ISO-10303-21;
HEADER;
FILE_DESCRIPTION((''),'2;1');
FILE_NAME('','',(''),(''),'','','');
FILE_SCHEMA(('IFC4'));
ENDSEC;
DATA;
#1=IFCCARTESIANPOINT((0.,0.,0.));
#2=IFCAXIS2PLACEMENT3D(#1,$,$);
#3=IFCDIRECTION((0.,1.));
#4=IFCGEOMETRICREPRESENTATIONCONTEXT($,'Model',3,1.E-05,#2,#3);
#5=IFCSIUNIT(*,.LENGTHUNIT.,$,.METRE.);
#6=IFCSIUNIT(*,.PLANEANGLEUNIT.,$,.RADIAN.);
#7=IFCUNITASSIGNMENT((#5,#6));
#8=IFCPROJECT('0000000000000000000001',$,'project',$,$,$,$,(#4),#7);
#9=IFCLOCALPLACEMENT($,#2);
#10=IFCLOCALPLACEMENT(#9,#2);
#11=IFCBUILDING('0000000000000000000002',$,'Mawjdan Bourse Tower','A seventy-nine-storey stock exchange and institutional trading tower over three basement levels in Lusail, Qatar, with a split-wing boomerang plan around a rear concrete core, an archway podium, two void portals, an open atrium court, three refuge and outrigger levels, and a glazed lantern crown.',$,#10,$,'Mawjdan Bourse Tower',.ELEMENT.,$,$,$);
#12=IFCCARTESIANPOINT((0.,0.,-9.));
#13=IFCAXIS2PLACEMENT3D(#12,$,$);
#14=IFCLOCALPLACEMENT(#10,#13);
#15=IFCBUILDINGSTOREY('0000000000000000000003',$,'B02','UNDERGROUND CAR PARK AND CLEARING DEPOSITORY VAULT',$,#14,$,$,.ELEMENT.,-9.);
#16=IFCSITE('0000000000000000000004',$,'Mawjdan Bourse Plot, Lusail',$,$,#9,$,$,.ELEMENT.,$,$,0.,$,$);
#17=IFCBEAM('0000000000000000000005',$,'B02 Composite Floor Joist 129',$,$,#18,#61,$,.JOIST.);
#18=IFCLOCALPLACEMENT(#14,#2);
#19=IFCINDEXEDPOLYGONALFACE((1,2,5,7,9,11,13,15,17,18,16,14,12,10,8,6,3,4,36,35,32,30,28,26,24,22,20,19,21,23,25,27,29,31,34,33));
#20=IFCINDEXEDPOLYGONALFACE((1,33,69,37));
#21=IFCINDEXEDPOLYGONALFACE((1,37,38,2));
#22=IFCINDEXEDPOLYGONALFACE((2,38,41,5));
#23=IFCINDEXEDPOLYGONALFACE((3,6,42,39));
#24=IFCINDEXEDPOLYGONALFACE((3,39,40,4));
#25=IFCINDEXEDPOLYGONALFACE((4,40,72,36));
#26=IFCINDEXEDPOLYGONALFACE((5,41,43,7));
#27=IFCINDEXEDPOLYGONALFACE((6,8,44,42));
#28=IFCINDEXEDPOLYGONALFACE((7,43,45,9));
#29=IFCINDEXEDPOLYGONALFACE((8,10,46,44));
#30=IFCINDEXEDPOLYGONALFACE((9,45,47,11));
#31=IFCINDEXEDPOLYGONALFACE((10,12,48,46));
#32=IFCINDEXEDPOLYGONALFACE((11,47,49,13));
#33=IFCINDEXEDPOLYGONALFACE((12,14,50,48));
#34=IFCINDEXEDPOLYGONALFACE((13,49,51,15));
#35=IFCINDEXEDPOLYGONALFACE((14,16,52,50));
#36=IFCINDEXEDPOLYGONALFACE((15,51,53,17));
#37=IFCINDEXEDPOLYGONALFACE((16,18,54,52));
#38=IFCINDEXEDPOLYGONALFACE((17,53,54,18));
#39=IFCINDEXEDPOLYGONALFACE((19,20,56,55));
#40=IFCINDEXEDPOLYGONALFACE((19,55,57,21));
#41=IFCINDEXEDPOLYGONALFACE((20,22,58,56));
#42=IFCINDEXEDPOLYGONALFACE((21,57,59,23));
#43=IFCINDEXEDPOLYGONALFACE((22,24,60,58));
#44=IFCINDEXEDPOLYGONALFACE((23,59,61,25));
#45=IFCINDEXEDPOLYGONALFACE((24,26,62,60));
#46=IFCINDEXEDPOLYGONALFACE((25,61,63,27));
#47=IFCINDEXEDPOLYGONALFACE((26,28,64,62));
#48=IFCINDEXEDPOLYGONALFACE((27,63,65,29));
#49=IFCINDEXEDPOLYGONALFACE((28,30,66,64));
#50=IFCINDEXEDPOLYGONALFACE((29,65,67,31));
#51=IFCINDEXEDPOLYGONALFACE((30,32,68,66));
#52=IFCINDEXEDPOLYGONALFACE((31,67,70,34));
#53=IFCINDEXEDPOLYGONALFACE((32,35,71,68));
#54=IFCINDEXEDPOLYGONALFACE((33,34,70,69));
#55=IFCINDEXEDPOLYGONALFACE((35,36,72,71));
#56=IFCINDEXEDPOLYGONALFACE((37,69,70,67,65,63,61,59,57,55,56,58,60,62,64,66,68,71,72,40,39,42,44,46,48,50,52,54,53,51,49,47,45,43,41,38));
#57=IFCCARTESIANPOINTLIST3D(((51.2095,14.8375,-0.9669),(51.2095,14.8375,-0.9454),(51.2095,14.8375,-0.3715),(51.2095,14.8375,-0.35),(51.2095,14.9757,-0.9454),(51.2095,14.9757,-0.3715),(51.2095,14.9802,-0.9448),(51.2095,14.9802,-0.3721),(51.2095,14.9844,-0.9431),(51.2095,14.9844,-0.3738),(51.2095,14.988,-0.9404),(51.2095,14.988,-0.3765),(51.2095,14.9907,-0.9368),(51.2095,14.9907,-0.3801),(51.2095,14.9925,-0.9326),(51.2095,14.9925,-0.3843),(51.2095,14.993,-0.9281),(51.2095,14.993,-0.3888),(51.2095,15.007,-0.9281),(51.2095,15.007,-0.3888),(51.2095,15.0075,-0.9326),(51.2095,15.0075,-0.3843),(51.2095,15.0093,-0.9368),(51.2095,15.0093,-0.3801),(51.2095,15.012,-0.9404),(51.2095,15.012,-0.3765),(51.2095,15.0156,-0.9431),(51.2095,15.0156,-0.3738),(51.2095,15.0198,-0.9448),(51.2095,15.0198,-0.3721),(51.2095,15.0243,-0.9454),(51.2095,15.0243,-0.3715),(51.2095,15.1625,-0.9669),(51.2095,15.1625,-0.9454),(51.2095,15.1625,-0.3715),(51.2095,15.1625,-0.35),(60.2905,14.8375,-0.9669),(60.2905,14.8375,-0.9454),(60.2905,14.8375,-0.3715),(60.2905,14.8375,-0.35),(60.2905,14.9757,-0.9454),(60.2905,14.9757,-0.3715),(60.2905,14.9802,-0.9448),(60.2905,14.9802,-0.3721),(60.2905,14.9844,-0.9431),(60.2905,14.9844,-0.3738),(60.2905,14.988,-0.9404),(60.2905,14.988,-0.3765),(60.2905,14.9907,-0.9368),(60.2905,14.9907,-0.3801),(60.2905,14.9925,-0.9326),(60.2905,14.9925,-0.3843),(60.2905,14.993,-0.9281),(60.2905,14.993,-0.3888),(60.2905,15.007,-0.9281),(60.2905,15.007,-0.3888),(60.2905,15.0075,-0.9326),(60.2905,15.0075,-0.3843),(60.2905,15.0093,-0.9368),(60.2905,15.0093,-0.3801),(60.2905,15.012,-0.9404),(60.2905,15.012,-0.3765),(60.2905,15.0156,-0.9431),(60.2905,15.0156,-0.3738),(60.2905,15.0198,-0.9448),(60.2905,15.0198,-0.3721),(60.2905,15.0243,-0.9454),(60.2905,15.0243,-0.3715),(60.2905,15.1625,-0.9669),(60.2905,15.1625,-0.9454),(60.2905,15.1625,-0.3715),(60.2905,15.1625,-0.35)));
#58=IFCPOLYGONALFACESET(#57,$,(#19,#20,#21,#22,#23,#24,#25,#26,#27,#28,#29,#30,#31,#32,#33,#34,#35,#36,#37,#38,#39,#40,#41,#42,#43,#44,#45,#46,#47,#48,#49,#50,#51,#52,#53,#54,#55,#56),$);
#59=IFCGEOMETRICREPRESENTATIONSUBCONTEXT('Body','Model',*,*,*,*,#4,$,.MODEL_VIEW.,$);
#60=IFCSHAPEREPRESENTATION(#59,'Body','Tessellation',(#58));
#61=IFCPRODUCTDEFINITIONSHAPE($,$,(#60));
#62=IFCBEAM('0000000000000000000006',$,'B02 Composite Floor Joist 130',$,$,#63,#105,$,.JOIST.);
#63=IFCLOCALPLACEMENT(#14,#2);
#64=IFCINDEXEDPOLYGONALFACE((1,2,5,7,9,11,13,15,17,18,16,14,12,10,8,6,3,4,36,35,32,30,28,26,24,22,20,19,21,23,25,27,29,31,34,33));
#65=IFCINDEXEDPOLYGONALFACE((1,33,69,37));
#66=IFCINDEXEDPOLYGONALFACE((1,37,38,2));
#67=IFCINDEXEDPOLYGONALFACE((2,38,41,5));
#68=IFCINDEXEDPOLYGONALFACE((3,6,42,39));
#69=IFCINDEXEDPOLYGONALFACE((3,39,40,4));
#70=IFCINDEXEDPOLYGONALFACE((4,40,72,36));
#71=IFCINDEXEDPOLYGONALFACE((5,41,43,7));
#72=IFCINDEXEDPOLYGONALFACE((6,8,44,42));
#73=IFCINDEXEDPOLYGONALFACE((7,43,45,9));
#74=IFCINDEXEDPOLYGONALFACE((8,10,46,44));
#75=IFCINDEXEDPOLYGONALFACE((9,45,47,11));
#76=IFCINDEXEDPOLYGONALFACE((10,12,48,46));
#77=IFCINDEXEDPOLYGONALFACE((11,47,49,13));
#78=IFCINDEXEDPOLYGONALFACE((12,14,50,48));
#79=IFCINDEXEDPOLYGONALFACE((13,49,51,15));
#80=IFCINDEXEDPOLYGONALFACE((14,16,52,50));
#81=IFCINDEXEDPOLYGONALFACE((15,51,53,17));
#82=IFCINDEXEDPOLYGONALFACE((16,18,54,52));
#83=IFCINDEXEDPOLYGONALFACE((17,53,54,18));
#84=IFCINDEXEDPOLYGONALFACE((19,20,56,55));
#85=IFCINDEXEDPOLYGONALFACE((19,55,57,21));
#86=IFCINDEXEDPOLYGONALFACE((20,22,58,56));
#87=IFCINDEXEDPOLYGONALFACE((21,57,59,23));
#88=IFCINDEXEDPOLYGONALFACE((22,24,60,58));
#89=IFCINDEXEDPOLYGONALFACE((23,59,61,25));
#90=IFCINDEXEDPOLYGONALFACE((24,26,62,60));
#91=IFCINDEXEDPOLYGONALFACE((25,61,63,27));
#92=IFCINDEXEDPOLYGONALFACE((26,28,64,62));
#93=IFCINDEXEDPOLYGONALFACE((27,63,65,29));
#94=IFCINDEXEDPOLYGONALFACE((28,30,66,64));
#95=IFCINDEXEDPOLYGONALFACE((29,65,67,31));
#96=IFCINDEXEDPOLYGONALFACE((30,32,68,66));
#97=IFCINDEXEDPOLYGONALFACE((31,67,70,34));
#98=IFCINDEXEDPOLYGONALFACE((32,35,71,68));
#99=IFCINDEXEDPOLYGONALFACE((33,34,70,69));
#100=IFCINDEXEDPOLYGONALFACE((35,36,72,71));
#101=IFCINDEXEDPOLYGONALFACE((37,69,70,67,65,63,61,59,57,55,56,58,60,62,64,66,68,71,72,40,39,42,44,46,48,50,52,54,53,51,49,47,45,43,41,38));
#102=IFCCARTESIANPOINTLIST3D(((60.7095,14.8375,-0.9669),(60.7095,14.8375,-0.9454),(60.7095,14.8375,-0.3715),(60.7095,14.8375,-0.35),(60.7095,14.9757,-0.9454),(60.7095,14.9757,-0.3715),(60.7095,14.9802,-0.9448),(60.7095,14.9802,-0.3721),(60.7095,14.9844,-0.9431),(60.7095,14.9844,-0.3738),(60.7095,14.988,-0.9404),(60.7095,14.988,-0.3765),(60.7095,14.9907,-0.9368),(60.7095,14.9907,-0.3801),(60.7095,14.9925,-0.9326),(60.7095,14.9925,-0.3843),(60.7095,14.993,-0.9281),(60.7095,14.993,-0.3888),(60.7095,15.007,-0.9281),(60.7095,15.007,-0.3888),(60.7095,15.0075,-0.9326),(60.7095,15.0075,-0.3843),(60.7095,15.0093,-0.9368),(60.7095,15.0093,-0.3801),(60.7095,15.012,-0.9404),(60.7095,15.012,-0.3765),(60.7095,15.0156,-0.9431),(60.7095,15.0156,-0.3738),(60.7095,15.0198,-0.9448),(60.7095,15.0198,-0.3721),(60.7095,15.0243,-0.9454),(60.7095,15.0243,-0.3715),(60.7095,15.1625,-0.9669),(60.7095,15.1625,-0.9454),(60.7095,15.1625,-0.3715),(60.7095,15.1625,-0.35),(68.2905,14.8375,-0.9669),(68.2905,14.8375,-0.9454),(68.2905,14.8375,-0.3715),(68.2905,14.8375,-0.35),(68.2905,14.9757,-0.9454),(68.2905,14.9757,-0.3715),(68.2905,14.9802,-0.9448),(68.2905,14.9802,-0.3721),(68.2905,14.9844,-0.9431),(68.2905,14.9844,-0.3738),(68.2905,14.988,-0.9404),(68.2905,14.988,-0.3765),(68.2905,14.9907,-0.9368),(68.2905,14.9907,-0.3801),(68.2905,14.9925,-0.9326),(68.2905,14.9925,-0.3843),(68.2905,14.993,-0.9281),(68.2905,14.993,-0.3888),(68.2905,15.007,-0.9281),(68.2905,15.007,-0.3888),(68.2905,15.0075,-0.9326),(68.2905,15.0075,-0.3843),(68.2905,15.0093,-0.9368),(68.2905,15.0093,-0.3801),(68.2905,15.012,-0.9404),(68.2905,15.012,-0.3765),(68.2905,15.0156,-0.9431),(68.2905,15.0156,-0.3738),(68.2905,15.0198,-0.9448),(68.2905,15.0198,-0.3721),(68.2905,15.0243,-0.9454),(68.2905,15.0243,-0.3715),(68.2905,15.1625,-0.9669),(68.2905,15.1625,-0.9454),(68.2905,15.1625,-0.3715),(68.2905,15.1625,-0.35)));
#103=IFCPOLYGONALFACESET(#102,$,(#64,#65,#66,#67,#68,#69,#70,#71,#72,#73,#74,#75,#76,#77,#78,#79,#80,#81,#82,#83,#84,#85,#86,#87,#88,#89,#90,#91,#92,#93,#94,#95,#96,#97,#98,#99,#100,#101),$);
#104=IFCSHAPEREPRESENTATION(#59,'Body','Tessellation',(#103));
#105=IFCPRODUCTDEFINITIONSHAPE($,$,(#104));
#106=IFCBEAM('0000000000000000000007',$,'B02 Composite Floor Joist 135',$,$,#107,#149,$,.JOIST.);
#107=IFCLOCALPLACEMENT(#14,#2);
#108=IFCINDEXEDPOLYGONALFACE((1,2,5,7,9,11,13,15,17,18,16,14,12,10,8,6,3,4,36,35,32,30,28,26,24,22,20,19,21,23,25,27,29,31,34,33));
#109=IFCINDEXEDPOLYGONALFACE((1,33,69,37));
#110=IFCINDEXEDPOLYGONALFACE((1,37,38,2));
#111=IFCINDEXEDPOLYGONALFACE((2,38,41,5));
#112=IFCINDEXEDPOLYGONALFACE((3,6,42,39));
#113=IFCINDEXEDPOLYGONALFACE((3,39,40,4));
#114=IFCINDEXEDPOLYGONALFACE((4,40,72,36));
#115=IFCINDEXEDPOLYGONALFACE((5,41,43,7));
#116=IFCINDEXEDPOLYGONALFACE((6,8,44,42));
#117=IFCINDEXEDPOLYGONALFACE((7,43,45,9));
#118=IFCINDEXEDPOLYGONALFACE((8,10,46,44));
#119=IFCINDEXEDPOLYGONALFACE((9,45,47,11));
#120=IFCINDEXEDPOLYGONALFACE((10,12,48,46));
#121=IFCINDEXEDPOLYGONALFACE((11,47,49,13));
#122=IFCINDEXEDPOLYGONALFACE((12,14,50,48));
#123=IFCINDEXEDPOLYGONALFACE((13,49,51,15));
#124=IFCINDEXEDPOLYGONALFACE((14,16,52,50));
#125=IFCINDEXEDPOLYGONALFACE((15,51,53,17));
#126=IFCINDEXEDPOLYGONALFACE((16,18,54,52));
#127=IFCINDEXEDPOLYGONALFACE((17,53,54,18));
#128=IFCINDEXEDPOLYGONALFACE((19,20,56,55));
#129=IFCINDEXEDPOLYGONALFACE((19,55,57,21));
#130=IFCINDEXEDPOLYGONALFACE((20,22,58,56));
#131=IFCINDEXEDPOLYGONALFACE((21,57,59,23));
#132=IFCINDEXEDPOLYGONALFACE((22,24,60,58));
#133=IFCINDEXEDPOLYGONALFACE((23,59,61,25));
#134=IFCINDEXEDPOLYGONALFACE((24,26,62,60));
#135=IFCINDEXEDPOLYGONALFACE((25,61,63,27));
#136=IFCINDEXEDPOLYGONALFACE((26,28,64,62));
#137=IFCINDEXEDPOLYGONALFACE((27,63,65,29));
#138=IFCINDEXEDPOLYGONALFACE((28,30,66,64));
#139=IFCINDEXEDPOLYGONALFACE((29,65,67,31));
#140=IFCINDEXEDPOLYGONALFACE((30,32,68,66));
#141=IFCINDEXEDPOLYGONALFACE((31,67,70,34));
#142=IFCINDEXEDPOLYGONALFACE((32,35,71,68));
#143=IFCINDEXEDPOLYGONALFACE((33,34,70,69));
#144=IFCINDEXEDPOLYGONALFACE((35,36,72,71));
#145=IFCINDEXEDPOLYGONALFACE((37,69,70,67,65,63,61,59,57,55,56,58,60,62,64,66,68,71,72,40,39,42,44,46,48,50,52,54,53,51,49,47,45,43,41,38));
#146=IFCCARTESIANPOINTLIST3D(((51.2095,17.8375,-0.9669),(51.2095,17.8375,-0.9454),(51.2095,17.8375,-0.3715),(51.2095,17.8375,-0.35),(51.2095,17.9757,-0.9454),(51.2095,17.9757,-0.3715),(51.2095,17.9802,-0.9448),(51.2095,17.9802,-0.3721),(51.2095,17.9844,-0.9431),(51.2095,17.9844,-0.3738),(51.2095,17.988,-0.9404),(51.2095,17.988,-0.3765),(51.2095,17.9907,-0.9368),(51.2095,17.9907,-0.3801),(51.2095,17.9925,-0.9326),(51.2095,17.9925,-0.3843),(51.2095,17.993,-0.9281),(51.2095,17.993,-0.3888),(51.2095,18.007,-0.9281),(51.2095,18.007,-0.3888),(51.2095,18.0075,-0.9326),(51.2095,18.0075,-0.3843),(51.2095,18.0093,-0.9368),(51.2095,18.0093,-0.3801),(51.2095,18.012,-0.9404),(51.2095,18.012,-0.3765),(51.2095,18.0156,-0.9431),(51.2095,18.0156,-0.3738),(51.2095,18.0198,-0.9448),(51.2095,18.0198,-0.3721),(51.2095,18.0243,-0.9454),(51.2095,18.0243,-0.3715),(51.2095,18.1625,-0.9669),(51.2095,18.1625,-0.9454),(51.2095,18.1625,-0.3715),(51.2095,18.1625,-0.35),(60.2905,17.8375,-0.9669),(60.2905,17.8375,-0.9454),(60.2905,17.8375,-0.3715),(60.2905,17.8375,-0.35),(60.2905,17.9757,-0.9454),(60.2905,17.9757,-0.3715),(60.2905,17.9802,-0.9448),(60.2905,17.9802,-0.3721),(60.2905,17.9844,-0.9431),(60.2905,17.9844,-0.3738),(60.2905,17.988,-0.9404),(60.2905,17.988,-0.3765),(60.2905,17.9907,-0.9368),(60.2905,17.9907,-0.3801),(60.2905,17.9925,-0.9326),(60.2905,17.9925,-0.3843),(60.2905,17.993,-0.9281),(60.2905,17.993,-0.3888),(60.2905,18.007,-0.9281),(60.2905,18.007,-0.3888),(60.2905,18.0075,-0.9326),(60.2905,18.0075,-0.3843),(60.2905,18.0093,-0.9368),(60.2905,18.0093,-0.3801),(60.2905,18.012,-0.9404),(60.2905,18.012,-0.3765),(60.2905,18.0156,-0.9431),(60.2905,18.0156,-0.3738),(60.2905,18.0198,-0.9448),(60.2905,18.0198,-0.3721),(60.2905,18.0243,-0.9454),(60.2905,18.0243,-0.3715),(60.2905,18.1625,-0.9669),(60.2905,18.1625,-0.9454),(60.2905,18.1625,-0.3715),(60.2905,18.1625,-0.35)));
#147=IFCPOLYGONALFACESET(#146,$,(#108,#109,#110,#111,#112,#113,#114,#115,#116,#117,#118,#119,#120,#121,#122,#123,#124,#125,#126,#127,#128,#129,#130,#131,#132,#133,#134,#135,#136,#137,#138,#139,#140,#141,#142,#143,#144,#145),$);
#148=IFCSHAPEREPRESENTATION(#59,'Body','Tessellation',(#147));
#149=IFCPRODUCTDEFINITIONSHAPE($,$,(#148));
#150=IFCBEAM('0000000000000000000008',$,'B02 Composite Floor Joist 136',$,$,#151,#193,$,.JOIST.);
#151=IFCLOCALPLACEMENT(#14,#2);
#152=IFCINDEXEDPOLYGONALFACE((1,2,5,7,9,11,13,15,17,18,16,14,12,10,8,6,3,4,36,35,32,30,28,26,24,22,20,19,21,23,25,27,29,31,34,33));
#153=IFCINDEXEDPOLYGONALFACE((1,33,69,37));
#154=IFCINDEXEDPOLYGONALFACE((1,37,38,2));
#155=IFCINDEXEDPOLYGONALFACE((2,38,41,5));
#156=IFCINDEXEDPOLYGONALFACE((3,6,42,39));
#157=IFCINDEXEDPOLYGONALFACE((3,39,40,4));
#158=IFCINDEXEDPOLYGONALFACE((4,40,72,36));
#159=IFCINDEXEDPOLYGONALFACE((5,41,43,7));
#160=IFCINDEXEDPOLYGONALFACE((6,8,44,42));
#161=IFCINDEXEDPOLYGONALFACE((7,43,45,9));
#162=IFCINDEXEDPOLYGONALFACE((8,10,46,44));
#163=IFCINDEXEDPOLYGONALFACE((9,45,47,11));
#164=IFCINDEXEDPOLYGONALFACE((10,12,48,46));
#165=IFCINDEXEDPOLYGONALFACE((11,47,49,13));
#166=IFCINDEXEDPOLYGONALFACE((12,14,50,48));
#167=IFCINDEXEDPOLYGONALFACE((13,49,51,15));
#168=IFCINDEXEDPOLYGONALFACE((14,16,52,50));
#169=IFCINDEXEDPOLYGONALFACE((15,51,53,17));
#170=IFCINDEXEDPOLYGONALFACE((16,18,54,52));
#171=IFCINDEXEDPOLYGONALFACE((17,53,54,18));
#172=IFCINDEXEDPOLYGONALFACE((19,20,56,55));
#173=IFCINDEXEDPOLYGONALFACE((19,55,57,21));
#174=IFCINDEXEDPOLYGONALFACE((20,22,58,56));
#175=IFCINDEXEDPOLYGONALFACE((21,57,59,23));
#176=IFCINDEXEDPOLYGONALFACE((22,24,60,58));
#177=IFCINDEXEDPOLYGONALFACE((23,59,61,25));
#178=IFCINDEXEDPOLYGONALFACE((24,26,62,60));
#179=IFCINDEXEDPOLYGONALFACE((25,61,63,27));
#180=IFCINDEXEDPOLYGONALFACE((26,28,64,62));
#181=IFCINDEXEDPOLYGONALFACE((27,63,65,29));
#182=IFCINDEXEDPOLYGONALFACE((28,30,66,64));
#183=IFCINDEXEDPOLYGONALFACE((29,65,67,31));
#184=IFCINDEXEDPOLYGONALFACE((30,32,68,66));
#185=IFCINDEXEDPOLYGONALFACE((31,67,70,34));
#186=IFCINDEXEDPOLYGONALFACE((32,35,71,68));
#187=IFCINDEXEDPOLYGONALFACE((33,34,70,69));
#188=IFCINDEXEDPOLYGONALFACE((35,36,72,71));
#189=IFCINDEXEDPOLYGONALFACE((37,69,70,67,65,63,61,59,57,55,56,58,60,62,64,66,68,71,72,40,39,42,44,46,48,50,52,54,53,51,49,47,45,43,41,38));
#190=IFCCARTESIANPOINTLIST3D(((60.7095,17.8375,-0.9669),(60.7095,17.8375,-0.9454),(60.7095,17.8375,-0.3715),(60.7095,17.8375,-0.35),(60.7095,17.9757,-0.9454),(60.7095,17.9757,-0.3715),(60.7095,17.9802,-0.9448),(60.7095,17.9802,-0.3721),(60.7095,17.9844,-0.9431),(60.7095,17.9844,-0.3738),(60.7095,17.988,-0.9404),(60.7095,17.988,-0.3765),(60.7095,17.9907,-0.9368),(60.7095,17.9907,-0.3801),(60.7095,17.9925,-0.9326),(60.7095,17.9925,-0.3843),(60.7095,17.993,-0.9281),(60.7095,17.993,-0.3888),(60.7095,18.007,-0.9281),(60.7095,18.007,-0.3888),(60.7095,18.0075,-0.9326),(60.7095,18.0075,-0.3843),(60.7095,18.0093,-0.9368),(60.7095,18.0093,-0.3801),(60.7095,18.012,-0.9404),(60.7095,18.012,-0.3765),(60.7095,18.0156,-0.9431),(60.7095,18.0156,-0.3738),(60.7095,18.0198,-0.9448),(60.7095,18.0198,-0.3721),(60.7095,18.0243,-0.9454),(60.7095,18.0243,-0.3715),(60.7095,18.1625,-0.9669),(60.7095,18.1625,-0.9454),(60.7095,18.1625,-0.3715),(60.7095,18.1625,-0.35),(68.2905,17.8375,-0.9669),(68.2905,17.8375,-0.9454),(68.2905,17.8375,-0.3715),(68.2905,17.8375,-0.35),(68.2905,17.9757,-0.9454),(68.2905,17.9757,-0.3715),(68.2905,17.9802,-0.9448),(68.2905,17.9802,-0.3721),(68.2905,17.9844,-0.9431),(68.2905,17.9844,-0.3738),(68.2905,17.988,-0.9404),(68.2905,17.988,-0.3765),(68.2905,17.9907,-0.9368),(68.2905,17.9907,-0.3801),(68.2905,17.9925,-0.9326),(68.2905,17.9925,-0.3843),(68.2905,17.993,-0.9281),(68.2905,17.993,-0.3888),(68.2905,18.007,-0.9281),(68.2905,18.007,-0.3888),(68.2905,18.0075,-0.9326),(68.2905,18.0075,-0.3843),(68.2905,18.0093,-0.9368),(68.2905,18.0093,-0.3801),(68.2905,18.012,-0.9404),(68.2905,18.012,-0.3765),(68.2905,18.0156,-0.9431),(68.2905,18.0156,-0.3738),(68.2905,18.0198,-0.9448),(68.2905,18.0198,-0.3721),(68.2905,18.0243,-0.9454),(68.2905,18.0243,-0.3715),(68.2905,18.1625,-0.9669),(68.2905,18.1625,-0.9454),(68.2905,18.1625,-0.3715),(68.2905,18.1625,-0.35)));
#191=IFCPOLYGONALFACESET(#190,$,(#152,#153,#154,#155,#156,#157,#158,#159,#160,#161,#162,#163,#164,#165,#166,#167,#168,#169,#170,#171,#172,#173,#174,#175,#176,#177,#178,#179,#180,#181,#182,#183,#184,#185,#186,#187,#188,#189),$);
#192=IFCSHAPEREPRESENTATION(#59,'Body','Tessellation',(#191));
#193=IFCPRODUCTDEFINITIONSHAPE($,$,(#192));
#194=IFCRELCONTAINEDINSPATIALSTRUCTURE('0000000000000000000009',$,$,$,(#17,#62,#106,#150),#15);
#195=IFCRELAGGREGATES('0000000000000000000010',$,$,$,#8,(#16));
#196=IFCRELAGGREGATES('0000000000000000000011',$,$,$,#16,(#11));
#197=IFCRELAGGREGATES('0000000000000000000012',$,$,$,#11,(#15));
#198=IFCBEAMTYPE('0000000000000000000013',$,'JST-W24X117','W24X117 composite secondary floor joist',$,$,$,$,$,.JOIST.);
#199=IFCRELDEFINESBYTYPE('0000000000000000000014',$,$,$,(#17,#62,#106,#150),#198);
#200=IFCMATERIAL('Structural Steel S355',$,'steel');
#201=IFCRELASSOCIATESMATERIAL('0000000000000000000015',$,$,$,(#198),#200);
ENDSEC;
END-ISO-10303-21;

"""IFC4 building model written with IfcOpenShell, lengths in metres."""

from ifc_helpers import new_model, si_unit, direction, frame, origin, origin_2d, place, context, subcontext, project, spatial, i_section, extrude, material, material_profile, profile_set, type_object, element, save


model = new_model("IFC4")

# Units and contexts
model_context = context("Model", 3, precision=1e-05, world=origin(), true_north=direction((0.0, 1.0)))
body_context = subcontext(model_context, "Body", "Model", "MODEL_VIEW")
ifc_project = project(units=[si_unit("LENGTHUNIT", "METRE"), si_unit("PLANEANGLEUNIT", "RADIAN")], contexts=[model_context])

# Site, building, storey
site_placement = place(None, origin())
site = spatial("IfcSite", under=ifc_project, at=site_placement, Name="Mawjdan Bourse Plot, Lusail", CompositionType="ELEMENT", RefElevation=0.0)
building_placement = place(site_placement, origin())
building = spatial("IfcBuilding", under=site, at=building_placement, Name="Mawjdan Bourse Tower", Description="A seventy-nine-storey stock exchange and institutional trading tower over three basement levels in Lusail, Qatar, with a split-wing boomerang plan around a rear concrete core, an archway podium, two void portals, an open atrium court, three refuge and outrigger levels, and a glazed lantern crown.", LongName="Mawjdan Bourse Tower", CompositionType="ELEMENT")
storey_placement = place(building_placement, frame((0.0, 0.0, -9.0)))
storey = spatial("IfcBuildingStorey", under=building, at=storey_placement, Name="B02", Description="UNDERGROUND CAR PARK AND CLEARING DEPOSITORY VAULT", CompositionType="ELEMENT", Elevation=-9.0)

# Beams
ifc_material_1 = material(Name="Structural Steel S355", Category="steel")
ifc_material_profile_1 = material_profile(ifc_material_1, i_section(OverallWidth=0.325, OverallDepth=0.6169, WebThickness=0.0139, FlangeThickness=0.0215, FilletRadius=0.0173, at=origin_2d()), Name="W24X117")
ifc_profile_set_1 = profile_set([ifc_material_profile_1], Name="Structural Steel S355")
beam_type_1 = type_object("IfcBeamType", Name="JST-W24X117", Description="W24X117 composite secondary floor joist", PredefinedType="JOIST", material=ifc_profile_set_1)
beam_1_placement = place(storey_placement, frame((51.2095, 15.0, -0.6584), z_axis=(1.0, 0.0, 0.0), x_axis=(0.0, 1.0, 0.0)))
element("IfcBeam", 1, at=beam_1_placement, inside=storey, type_object=beam_type_1, Name="B02 Composite Floor Joist 129", PredefinedType="JOIST", context=body_context, shape_type="SweptSolid", body=[
    extrude(i_section(OverallWidth=0.325, OverallDepth=0.6169, WebThickness=0.0139, FlangeThickness=0.0215, FilletRadius=0.0173, at=origin_2d()), origin(), (0.0, 0.0, 1.0), 9.0811),
])
beam_2_placement = place(storey_placement, frame((60.7095, 15.0, -0.6584), z_axis=(1.0, 0.0, 0.0), x_axis=(0.0, 1.0, 0.0)))
element("IfcBeam", 2, at=beam_2_placement, inside=storey, type_object=beam_type_1, Name="B02 Composite Floor Joist 130", PredefinedType="JOIST", context=body_context, shape_type="SweptSolid", body=[
    extrude(i_section(OverallWidth=0.325, OverallDepth=0.6169, WebThickness=0.0139, FlangeThickness=0.0215, FilletRadius=0.0173, at=origin_2d()), origin(), (0.0, 0.0, 1.0), 7.5811),
])
beam_3_placement = place(storey_placement, frame((51.2095, 18.0, -0.6584), z_axis=(1.0, 0.0, 0.0), x_axis=(0.0, 1.0, 0.0)))
element("IfcBeam", 3, at=beam_3_placement, inside=storey, type_object=beam_type_1, Name="B02 Composite Floor Joist 135", PredefinedType="JOIST", context=body_context, shape_type="SweptSolid", body=[
    extrude(i_section(OverallWidth=0.325, OverallDepth=0.6169, WebThickness=0.0139, FlangeThickness=0.0215, FilletRadius=0.0173, at=origin_2d()), origin(), (0.0, 0.0, 1.0), 9.0811),
])
beam_4_placement = place(storey_placement, frame((60.7095, 18.0, -0.6584), z_axis=(1.0, 0.0, 0.0), x_axis=(0.0, 1.0, 0.0)))
element("IfcBeam", 4, at=beam_4_placement, inside=storey, type_object=beam_type_1, Name="B02 Composite Floor Joist 136", PredefinedType="JOIST", context=body_context, shape_type="SweptSolid", body=[
    extrude(i_section(OverallWidth=0.325, OverallDepth=0.6169, WebThickness=0.0139, FlangeThickness=0.0215, FilletRadius=0.0173, at=origin_2d()), origin(), (0.0, 0.0, 1.0), 7.5811),
])

save(model, "model.ifc")
